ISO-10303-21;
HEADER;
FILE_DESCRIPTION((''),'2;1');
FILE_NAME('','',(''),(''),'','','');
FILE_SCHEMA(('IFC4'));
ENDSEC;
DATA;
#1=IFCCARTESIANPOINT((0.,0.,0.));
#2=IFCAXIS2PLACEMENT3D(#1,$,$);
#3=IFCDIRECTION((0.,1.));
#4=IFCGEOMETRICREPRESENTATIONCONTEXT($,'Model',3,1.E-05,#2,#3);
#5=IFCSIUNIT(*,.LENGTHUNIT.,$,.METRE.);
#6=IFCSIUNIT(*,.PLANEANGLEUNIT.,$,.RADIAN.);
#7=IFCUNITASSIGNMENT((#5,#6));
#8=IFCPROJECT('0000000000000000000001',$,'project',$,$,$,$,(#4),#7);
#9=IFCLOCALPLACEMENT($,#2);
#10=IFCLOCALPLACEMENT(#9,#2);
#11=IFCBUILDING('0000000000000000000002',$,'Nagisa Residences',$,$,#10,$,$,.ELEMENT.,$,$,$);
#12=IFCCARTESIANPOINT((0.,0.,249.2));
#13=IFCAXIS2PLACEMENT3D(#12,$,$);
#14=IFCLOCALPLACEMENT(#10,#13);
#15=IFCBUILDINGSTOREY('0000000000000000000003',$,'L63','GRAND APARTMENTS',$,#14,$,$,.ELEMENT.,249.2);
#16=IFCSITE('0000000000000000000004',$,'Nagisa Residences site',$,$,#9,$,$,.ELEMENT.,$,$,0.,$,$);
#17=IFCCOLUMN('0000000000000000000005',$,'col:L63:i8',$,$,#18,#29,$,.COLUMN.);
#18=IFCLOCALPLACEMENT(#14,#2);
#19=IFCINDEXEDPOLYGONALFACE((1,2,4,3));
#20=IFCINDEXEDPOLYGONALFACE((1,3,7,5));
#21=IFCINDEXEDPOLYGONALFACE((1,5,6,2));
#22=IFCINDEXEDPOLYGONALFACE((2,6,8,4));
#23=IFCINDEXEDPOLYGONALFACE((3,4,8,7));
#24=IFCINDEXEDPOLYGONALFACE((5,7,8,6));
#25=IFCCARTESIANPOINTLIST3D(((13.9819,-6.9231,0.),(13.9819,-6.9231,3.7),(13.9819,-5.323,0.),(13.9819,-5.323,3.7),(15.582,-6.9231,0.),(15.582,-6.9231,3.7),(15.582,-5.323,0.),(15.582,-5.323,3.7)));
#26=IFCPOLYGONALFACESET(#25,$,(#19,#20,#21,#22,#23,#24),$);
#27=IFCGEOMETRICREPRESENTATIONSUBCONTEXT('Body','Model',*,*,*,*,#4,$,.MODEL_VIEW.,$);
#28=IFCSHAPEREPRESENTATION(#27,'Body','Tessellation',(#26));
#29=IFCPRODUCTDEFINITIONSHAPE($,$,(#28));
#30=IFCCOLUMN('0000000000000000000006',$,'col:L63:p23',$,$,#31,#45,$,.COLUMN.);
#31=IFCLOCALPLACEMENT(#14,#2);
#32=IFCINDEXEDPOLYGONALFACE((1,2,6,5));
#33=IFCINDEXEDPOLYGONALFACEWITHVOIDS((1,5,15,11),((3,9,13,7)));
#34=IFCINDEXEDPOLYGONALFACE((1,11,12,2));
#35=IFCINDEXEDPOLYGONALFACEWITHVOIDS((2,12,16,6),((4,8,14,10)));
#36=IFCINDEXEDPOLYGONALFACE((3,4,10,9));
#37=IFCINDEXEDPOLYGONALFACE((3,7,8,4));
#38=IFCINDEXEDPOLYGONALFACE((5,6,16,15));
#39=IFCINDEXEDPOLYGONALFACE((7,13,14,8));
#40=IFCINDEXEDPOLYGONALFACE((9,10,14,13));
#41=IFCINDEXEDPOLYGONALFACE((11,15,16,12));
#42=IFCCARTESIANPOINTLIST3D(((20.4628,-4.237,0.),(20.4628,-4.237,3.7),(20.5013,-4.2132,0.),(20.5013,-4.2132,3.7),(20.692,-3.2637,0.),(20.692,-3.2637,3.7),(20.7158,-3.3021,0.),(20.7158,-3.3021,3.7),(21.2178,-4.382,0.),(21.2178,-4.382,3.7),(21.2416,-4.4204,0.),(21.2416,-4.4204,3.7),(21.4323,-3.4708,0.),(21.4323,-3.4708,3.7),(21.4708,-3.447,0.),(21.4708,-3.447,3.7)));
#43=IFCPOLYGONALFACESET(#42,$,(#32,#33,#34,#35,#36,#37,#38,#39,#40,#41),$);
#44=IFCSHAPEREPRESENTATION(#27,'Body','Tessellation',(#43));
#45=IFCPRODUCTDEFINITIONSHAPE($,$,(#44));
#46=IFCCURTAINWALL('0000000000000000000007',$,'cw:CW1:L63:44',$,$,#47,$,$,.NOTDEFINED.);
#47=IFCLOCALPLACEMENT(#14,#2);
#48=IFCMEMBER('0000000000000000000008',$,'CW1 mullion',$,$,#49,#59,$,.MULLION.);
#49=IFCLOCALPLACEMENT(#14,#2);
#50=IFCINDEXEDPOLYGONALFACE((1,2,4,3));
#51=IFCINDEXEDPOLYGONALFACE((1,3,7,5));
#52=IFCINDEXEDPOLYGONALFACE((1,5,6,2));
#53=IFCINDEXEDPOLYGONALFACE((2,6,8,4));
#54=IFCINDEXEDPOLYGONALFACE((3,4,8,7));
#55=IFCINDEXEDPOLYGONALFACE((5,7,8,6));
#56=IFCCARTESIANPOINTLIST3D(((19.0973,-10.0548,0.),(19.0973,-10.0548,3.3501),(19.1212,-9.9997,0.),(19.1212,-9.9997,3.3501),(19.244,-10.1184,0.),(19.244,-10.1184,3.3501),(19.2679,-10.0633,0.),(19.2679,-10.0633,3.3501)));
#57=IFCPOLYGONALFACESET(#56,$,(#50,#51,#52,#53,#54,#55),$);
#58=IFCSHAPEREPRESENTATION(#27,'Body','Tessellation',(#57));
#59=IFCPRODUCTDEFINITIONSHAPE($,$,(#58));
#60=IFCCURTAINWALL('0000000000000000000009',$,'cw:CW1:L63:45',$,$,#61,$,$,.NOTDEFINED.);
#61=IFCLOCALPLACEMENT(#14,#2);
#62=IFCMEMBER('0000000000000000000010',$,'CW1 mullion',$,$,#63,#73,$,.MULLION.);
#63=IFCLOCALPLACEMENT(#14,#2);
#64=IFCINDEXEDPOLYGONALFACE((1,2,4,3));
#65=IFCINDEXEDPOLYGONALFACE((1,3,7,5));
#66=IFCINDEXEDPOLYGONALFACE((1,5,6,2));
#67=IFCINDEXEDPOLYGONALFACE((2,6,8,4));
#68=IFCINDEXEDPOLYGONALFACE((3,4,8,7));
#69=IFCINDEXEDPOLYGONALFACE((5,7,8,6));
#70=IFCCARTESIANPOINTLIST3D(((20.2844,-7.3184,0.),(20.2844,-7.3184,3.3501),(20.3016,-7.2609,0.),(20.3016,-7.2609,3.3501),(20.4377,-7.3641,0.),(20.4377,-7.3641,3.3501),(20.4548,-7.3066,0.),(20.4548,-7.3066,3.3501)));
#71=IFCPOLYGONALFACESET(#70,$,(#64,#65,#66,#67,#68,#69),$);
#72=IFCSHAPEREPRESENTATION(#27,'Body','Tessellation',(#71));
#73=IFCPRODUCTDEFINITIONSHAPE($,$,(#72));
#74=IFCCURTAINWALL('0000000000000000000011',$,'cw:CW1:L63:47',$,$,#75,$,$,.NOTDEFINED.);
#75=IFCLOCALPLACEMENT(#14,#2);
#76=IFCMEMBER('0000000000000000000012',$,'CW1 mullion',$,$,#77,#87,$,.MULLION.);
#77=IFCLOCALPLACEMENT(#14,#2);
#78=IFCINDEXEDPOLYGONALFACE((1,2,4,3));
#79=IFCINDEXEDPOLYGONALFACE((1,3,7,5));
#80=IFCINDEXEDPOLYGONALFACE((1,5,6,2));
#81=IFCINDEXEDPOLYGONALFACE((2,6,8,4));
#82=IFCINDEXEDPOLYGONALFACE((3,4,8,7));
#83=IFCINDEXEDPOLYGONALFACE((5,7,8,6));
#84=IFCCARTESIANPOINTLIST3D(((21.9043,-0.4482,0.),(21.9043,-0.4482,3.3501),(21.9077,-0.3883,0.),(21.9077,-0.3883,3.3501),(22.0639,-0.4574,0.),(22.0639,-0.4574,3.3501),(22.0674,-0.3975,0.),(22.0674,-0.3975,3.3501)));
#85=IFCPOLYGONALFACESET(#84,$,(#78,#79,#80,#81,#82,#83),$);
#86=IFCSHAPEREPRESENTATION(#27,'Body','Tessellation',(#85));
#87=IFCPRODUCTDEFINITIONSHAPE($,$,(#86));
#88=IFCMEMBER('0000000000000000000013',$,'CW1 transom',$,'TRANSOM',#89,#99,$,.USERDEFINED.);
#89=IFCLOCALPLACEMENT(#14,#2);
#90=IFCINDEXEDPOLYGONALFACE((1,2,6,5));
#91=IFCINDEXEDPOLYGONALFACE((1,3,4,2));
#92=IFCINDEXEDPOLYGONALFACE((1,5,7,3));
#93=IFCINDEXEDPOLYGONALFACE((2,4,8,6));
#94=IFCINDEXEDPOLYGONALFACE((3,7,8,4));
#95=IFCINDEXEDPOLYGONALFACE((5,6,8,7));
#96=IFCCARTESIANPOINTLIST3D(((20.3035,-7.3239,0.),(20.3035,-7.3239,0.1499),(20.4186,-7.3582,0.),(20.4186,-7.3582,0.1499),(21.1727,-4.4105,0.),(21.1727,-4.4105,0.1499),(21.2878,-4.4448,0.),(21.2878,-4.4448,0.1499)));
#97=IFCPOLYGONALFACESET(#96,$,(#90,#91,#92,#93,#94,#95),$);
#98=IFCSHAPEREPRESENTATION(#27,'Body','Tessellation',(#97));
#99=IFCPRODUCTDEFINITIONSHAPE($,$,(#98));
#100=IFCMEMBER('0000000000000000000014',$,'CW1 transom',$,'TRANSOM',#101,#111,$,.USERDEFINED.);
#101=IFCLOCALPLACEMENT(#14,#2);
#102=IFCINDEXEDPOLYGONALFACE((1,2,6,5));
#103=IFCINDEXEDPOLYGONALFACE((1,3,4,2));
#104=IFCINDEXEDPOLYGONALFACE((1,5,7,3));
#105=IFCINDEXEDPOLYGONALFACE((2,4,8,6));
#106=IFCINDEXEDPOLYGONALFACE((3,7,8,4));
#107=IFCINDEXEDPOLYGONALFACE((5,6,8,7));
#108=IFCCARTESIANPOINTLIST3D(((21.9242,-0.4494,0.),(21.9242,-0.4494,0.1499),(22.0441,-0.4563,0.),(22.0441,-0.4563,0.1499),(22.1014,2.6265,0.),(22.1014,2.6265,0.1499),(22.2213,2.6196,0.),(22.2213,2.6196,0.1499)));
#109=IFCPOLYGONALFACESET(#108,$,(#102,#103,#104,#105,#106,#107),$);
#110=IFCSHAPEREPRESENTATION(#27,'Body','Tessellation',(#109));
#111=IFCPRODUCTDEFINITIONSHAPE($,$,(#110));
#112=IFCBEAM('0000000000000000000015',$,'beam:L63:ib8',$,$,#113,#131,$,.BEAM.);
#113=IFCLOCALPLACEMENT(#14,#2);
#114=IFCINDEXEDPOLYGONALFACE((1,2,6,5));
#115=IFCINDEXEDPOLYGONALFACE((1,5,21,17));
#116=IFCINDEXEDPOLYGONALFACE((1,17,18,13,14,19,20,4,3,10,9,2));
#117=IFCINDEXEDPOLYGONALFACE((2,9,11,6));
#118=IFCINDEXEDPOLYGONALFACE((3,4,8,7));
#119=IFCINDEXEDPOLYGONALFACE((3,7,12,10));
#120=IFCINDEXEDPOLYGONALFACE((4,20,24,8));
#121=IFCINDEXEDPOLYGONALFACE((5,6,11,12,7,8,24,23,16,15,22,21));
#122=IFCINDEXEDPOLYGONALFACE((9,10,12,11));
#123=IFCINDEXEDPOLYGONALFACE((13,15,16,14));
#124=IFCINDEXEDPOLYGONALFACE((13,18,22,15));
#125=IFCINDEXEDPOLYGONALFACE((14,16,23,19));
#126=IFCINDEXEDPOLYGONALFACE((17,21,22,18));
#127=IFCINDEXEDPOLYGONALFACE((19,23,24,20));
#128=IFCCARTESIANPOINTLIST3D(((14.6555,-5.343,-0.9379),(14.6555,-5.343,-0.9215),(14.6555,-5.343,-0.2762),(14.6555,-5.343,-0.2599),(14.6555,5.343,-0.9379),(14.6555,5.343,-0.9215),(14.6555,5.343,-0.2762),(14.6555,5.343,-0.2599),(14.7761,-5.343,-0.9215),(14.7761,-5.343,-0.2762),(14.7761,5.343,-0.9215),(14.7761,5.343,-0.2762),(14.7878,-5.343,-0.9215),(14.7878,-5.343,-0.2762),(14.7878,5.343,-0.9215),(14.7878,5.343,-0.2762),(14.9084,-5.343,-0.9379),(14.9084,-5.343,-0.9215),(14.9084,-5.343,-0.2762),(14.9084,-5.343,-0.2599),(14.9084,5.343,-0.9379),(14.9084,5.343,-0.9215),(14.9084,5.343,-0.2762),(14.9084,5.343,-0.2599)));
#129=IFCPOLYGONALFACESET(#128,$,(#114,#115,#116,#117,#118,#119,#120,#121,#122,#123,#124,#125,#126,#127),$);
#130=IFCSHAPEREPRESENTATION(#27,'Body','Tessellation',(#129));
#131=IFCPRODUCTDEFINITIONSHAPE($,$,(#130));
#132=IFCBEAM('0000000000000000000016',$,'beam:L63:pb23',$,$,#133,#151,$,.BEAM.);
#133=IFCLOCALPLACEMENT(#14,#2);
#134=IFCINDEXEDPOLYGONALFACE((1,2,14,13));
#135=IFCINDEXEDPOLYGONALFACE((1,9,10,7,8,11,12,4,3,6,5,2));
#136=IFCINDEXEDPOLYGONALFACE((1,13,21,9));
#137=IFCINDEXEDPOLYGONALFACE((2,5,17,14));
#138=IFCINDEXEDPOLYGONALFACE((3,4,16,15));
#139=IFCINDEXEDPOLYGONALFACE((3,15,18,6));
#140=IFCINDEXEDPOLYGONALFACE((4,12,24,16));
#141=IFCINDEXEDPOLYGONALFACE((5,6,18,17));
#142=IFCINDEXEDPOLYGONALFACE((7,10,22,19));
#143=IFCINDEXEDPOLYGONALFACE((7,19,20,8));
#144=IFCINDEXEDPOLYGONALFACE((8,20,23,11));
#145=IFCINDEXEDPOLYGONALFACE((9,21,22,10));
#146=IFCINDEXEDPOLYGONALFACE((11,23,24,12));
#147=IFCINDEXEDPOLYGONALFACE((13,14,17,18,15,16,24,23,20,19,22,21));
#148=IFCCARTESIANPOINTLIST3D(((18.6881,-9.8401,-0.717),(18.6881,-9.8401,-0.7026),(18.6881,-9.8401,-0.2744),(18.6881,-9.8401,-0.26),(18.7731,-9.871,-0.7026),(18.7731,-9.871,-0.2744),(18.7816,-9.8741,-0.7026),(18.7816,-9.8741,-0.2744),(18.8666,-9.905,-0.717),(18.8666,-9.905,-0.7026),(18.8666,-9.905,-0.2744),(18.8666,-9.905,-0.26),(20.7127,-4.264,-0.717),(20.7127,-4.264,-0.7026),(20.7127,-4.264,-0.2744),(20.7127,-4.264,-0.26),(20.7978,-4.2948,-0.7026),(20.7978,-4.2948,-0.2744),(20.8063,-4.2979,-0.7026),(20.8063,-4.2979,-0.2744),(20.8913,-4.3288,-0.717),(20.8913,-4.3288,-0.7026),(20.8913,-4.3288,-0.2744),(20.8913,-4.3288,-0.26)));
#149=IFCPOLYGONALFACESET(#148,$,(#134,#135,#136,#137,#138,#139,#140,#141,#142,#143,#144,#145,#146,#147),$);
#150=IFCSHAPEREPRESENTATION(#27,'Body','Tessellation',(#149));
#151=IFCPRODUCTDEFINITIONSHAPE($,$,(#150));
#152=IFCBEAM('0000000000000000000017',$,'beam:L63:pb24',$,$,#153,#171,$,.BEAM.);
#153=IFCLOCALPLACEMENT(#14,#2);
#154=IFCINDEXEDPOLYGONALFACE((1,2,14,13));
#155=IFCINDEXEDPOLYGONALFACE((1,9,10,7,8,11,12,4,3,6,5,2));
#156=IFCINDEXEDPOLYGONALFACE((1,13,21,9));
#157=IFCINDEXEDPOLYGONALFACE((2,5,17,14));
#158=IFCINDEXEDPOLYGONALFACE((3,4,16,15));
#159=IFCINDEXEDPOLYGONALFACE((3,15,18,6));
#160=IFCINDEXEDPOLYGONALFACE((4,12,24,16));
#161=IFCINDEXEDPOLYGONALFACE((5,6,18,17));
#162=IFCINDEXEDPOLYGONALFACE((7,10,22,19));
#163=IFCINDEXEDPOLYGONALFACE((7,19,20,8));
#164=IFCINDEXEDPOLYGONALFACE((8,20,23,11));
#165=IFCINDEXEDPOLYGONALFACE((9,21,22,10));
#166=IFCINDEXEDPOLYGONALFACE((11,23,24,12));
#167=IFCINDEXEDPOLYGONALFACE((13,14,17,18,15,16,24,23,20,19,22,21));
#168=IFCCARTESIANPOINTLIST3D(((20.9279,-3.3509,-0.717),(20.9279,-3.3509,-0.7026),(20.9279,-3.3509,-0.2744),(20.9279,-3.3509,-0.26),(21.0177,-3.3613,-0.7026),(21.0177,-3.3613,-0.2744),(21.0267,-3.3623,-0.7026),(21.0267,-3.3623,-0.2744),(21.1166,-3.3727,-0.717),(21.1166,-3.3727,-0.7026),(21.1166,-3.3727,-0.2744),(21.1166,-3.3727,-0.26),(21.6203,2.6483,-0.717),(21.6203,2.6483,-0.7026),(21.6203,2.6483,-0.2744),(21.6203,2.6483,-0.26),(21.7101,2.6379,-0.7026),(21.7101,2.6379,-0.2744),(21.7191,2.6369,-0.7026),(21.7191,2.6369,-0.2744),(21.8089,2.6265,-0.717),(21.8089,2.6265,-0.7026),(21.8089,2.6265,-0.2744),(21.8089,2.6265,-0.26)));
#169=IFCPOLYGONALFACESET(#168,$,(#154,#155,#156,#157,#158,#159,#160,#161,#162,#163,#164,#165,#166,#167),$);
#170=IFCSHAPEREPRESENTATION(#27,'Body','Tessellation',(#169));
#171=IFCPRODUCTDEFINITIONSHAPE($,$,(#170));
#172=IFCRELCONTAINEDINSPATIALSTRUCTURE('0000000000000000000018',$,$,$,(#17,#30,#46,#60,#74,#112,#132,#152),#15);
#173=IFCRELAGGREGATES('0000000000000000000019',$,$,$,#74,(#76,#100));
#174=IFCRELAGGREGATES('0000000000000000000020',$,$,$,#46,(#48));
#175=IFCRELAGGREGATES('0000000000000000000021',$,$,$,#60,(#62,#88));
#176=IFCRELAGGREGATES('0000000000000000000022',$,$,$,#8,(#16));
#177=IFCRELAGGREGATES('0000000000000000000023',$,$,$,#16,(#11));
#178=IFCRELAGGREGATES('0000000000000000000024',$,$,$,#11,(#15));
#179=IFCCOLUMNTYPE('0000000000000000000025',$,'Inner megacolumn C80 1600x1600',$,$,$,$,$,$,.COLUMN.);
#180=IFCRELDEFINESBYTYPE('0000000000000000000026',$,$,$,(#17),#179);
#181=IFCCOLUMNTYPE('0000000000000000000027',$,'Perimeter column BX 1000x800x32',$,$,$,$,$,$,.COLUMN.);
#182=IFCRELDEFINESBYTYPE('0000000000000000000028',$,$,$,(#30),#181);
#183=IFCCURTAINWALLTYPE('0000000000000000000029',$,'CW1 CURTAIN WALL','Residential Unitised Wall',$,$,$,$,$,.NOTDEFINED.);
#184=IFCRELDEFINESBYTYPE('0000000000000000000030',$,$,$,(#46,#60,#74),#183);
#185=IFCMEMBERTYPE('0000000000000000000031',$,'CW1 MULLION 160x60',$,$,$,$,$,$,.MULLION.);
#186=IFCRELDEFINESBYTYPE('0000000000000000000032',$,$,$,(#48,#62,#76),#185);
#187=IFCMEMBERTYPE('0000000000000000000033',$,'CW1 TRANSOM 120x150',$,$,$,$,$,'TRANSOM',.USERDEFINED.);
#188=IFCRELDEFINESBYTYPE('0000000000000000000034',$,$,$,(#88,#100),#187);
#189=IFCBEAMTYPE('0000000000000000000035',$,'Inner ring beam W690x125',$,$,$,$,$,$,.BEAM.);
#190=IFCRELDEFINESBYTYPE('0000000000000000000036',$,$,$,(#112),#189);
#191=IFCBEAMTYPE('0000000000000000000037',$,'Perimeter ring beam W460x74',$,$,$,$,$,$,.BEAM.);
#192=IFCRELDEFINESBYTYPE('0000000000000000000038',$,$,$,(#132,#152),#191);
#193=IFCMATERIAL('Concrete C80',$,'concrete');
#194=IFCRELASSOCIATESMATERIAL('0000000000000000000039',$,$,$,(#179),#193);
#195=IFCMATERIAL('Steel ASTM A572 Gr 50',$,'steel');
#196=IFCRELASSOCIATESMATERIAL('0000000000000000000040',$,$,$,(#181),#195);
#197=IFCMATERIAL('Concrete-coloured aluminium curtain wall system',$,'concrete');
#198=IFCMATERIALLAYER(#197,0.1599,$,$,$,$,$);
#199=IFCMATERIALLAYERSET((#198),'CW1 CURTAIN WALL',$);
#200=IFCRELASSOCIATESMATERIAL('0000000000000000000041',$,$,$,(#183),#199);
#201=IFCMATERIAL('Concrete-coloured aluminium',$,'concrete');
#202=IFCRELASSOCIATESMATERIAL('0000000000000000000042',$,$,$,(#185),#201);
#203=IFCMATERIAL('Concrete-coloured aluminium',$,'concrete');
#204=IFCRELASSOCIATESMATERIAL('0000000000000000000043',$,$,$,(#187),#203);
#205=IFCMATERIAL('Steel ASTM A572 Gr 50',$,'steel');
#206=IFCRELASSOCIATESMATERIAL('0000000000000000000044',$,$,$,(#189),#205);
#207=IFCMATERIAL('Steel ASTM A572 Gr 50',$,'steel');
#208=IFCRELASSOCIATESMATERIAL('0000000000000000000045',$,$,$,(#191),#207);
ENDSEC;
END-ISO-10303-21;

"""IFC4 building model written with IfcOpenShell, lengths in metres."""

from ifc_helpers import new_model, si_unit, direction, frame, origin, origin_2d, place, context, subcontext, project, spatial, rectangle, hollow_rectangle, i_section, extrude, material, layer, layer_set, material_profile, profile_set, type_object, element, aggregate, save


model = new_model("IFC4")

# Units and contexts
model_context = context("Model", 3, precision=1e-05, world=origin(), true_north=direction((0.0, 1.0)))
body_context = subcontext(model_context, "Body", "Model", "MODEL_VIEW")
ifc_project = project(units=[si_unit("LENGTHUNIT", "METRE"), si_unit("PLANEANGLEUNIT", "RADIAN")], contexts=[model_context])

# Site, building, storey
site_placement = place(None, origin())
site = spatial("IfcSite", under=ifc_project, at=site_placement, Name="Nagisa Residences site", CompositionType="ELEMENT", RefElevation=0.0)
building_placement = place(site_placement, origin())
building = spatial("IfcBuilding", under=site, at=building_placement, Name="Nagisa Residences", CompositionType="ELEMENT")
storey_placement = place(building_placement, frame((0.0, 0.0, 249.2)))
storey = spatial("IfcBuildingStorey", under=building, at=storey_placement, Name="L63", Description="GRAND APARTMENTS", CompositionType="ELEMENT", Elevation=249.2)

# Columns
ifc_material_1 = material(Name="Concrete C80", Category="concrete")
ifc_material_profile_1 = material_profile(ifc_material_1, rectangle(XDim=1.6001, YDim=1.6001, at=origin_2d()), Name="C80 1600x1600")
ifc_profile_set_1 = profile_set([ifc_material_profile_1], Name="Concrete C80")
column_type_1 = type_object("IfcColumnType", Name="Inner megacolumn C80 1600x1600", PredefinedType="COLUMN", material=ifc_profile_set_1)
column_1_placement = place(storey_placement, frame((14.782, -6.123, 0.0), z_axis=(0.0, 0.0, 1.0), x_axis=(1.0, 0.0, 0.0)))
element("IfcColumn", 1, at=column_1_placement, inside=storey, type_object=column_type_1, Name="col:L63:i8", PredefinedType="COLUMN", context=body_context, shape_type="SweptSolid", body=[
    extrude(rectangle(XDim=1.6001, YDim=1.6001, at=origin_2d()), origin(), (0.0, 0.0, 1.0), 3.7),
])
ifc_material_2 = material(Name="Steel ASTM A572 Gr 50", Category="steel")
ifc_material_profile_2 = material_profile(ifc_material_2, hollow_rectangle(XDim=1.0, YDim=0.8, WallThickness=0.032, at=origin_2d()), Name="BX 1000x800x32")
ifc_profile_set_2 = profile_set([ifc_material_profile_2], Name="Steel ASTM A572 Gr 50")
column_type_2 = type_object("IfcColumnType", Name="Perimeter column BX 1000x800x32", PredefinedType="COLUMN", material=ifc_profile_set_2)
column_2_placement = place(storey_placement, frame((20.9668, -3.842, 0.0), z_axis=(0.0, 0.0, 1.0), x_axis=(0.229202, 0.973379, 0.0)))
element("IfcColumn", 2, at=column_2_placement, inside=storey, type_object=column_type_2, Name="col:L63:p23", PredefinedType="COLUMN", context=body_context, shape_type="SweptSolid", body=[
    extrude(hollow_rectangle(XDim=1.0, YDim=0.8, WallThickness=0.032, at=origin_2d()), origin(), (0.0, 0.0, 1.0), 3.7),
])

# Curtain walls, members
ifc_material_3 = material(Name="Concrete-coloured aluminium curtain wall system", Category="concrete")
ifc_layer_1 = layer(ifc_material_3, 0.1599)
ifc_layer_set_1 = layer_set([ifc_layer_1], Name="CW1 CURTAIN WALL")
curtain_wall_type = type_object("IfcCurtainWallType", Name="CW1 CURTAIN WALL", Description="Residential Unitised Wall", PredefinedType="NOTDEFINED", material=ifc_layer_set_1)
curtain_wall_1_placement = place(storey_placement, origin())
curtain_wall_1 = element("IfcCurtainWall", 3, at=curtain_wall_1_placement, inside=storey, type_object=curtain_wall_type, Name="cw:CW1:L63:44", PredefinedType="NOTDEFINED")
ifc_material_4 = material(Name="Concrete-coloured aluminium", Category="concrete")
ifc_material_profile_3 = material_profile(ifc_material_4, rectangle(XDim=0.1599, YDim=0.0601, at=origin_2d()), Name="CW1 MULLION 160x60")
ifc_profile_set_3 = profile_set([ifc_material_profile_3], Name="Concrete-coloured aluminium")
member_type_1 = type_object("IfcMemberType", Name="CW1 MULLION 160x60", PredefinedType="MULLION", material=ifc_profile_set_3)
member_1_placement = place(storey_placement, frame((19.1826, -10.0591, 0.0), z_axis=(0.0, 0.0, 1.0), x_axis=(-0.917543, 0.397636, 0.0)))
member_1 = element("IfcMember", 4, at=member_1_placement, type_object=member_type_1, Name="CW1 mullion", PredefinedType="MULLION", context=body_context, shape_type="SweptSolid", body=[
    extrude(rectangle(XDim=0.1599, YDim=0.0601, at=origin_2d()), origin(), (0.0, 0.0, 1.0), 3.3501),
])
curtain_wall_2_placement = place(storey_placement, origin())
curtain_wall_2 = element("IfcCurtainWall", 5, at=curtain_wall_2_placement, inside=storey, type_object=curtain_wall_type, Name="cw:CW1:L63:45", PredefinedType="NOTDEFINED")
member_2_placement = place(storey_placement, frame((20.3696, -7.3125, 0.0), z_axis=(0.0, 0.0, 1.0), x_axis=(-0.958271, 0.28586, 0.0)))
member_2 = element("IfcMember", 6, at=member_2_placement, type_object=member_type_1, Name="CW1 mullion", PredefinedType="MULLION", context=body_context, shape_type="SweptSolid", body=[
    extrude(rectangle(XDim=0.1599, YDim=0.0601, at=origin_2d()), origin(), (0.0, 0.0, 1.0), 3.3501),
])
curtain_wall_3_placement = place(storey_placement, origin())
curtain_wall_3 = element("IfcCurtainWall", 7, at=curtain_wall_3_placement, inside=storey, type_object=curtain_wall_type, Name="cw:CW1:L63:47", PredefinedType="NOTDEFINED")
member_3_placement = place(storey_placement, frame((21.9858, -0.4229, 0.0), z_axis=(0.0, 0.0, 1.0), x_axis=(-0.998345, 0.057503, 0.0)))
member_3 = element("IfcMember", 8, at=member_3_placement, type_object=member_type_1, Name="CW1 mullion", PredefinedType="MULLION", context=body_context, shape_type="SweptSolid", body=[
    extrude(rectangle(XDim=0.1599, YDim=0.0601, at=origin_2d()), origin(), (0.0, 0.0, 1.0), 3.3501),
])

# Members
ifc_material_5 = material(Name="Concrete-coloured aluminium", Category="concrete")
ifc_material_profile_4 = material_profile(ifc_material_5, rectangle(XDim=0.1201, YDim=0.1499, at=origin_2d()), Name="CW1 TRANSOM 120x150")
ifc_profile_set_4 = profile_set([ifc_material_profile_4], Name="Concrete-coloured aluminium")
member_type_2 = type_object("IfcMemberType", Name="CW1 TRANSOM 120x150", ElementType="TRANSOM", PredefinedType="USERDEFINED", material=ifc_profile_set_4)
member_4_placement = place(storey_placement, frame((20.3611, -7.3411, 0.075), z_axis=(0.285881, 0.958265, 0.0), x_axis=(-0.958265, 0.285881, 0.0)))
member_4 = element("IfcMember", 9, at=member_4_placement, type_object=member_type_2, Name="CW1 transom", ObjectType="TRANSOM", PredefinedType="USERDEFINED", context=body_context, shape_type="SweptSolid", body=[
    extrude(rectangle(XDim=0.1201, YDim=0.1499, at=origin_2d()), origin(), (0.0, 0.0, 1.0), 3.0403),
])
member_5_placement = place(storey_placement, frame((21.9841, -0.4529, 0.075), z_axis=(0.057528, 0.998344, 0.0), x_axis=(-0.998344, 0.057528, 0.0)))
member_5 = element("IfcMember", 10, at=member_5_placement, type_object=member_type_2, Name="CW1 transom", ObjectType="TRANSOM", PredefinedType="USERDEFINED", context=body_context, shape_type="SweptSolid", body=[
    extrude(rectangle(XDim=0.1201, YDim=0.1499, at=origin_2d()), origin(), (0.0, 0.0, 1.0), 3.0811),
])
aggregate(curtain_wall_3, [member_3, member_5])

# Beams
ifc_material_6 = material(Name="Steel ASTM A572 Gr 50", Category="steel")
ifc_material_profile_5 = material_profile(ifc_material_6, i_section(OverallWidth=0.2529, OverallDepth=0.678, WebThickness=0.0117, FlangeThickness=0.0164, at=origin_2d()), Name="W690x125")
ifc_profile_set_5 = profile_set([ifc_material_profile_5], Name="Steel ASTM A572 Gr 50")
beam_type_1 = type_object("IfcBeamType", Name="Inner ring beam W690x125", PredefinedType="BEAM", material=ifc_profile_set_5)
beam_1_placement = place(storey_placement, frame((14.782, -5.343, -0.5989), z_axis=(0.0, 1.0, 0.0), x_axis=(-1.0, 0.0, 0.0)))
element("IfcBeam", 11, at=beam_1_placement, inside=storey, type_object=beam_type_1, Name="beam:L63:ib8", PredefinedType="BEAM", context=body_context, shape_type="SweptSolid", body=[
    extrude(i_section(OverallWidth=0.2529, OverallDepth=0.678, WebThickness=0.0117, FlangeThickness=0.0164, at=origin_2d()), origin(), (0.0, 0.0, 1.0), 10.686),
])
ifc_material_7 = material(Name="Steel ASTM A572 Gr 50", Category="steel")
ifc_material_profile_6 = material_profile(ifc_material_7, i_section(OverallWidth=0.1899, OverallDepth=0.457, WebThickness=0.009, FlangeThickness=0.0144, at=origin_2d()), Name="W460x74")
ifc_profile_set_6 = profile_set([ifc_material_profile_6], Name="Steel ASTM A572 Gr 50")
beam_type_2 = type_object("IfcBeamType", Name="Perimeter ring beam W460x74", PredefinedType="BEAM", material=ifc_profile_set_6)
beam_2_placement = place(storey_placement, frame((18.7773, -9.8726, -0.4885), z_axis=(0.34129, 0.939958, 0.0), x_axis=(-0.939958, 0.34129, 0.0)))
element("IfcBeam", 12, at=beam_2_placement, inside=storey, type_object=beam_type_2, Name="beam:L63:pb23", PredefinedType="BEAM", context=body_context, shape_type="SweptSolid", body=[
    extrude(i_section(OverallWidth=0.1899, OverallDepth=0.457, WebThickness=0.009, FlangeThickness=0.0144, at=origin_2d()), origin(), (0.0, 0.0, 1.0), 5.9324),
])
beam_3_placement = place(storey_placement, frame((21.0222, -3.3618, -0.4885), z_axis=(0.11465, 0.993406, 0.0), x_axis=(-0.993406, 0.11465, 0.0)))
element("IfcBeam", 13, at=beam_3_placement, inside=storey, type_object=beam_type_2, Name="beam:L63:pb24", PredefinedType="BEAM", context=body_context, shape_type="SweptSolid", body=[
    extrude(i_section(OverallWidth=0.1899, OverallDepth=0.457, WebThickness=0.009, FlangeThickness=0.0144, at=origin_2d()), origin(), (0.0, 0.0, 1.0), 6.0391),
])

aggregate(curtain_wall_1, [member_1])
aggregate(curtain_wall_2, [member_2, member_4])

save(model, "model.ifc")
